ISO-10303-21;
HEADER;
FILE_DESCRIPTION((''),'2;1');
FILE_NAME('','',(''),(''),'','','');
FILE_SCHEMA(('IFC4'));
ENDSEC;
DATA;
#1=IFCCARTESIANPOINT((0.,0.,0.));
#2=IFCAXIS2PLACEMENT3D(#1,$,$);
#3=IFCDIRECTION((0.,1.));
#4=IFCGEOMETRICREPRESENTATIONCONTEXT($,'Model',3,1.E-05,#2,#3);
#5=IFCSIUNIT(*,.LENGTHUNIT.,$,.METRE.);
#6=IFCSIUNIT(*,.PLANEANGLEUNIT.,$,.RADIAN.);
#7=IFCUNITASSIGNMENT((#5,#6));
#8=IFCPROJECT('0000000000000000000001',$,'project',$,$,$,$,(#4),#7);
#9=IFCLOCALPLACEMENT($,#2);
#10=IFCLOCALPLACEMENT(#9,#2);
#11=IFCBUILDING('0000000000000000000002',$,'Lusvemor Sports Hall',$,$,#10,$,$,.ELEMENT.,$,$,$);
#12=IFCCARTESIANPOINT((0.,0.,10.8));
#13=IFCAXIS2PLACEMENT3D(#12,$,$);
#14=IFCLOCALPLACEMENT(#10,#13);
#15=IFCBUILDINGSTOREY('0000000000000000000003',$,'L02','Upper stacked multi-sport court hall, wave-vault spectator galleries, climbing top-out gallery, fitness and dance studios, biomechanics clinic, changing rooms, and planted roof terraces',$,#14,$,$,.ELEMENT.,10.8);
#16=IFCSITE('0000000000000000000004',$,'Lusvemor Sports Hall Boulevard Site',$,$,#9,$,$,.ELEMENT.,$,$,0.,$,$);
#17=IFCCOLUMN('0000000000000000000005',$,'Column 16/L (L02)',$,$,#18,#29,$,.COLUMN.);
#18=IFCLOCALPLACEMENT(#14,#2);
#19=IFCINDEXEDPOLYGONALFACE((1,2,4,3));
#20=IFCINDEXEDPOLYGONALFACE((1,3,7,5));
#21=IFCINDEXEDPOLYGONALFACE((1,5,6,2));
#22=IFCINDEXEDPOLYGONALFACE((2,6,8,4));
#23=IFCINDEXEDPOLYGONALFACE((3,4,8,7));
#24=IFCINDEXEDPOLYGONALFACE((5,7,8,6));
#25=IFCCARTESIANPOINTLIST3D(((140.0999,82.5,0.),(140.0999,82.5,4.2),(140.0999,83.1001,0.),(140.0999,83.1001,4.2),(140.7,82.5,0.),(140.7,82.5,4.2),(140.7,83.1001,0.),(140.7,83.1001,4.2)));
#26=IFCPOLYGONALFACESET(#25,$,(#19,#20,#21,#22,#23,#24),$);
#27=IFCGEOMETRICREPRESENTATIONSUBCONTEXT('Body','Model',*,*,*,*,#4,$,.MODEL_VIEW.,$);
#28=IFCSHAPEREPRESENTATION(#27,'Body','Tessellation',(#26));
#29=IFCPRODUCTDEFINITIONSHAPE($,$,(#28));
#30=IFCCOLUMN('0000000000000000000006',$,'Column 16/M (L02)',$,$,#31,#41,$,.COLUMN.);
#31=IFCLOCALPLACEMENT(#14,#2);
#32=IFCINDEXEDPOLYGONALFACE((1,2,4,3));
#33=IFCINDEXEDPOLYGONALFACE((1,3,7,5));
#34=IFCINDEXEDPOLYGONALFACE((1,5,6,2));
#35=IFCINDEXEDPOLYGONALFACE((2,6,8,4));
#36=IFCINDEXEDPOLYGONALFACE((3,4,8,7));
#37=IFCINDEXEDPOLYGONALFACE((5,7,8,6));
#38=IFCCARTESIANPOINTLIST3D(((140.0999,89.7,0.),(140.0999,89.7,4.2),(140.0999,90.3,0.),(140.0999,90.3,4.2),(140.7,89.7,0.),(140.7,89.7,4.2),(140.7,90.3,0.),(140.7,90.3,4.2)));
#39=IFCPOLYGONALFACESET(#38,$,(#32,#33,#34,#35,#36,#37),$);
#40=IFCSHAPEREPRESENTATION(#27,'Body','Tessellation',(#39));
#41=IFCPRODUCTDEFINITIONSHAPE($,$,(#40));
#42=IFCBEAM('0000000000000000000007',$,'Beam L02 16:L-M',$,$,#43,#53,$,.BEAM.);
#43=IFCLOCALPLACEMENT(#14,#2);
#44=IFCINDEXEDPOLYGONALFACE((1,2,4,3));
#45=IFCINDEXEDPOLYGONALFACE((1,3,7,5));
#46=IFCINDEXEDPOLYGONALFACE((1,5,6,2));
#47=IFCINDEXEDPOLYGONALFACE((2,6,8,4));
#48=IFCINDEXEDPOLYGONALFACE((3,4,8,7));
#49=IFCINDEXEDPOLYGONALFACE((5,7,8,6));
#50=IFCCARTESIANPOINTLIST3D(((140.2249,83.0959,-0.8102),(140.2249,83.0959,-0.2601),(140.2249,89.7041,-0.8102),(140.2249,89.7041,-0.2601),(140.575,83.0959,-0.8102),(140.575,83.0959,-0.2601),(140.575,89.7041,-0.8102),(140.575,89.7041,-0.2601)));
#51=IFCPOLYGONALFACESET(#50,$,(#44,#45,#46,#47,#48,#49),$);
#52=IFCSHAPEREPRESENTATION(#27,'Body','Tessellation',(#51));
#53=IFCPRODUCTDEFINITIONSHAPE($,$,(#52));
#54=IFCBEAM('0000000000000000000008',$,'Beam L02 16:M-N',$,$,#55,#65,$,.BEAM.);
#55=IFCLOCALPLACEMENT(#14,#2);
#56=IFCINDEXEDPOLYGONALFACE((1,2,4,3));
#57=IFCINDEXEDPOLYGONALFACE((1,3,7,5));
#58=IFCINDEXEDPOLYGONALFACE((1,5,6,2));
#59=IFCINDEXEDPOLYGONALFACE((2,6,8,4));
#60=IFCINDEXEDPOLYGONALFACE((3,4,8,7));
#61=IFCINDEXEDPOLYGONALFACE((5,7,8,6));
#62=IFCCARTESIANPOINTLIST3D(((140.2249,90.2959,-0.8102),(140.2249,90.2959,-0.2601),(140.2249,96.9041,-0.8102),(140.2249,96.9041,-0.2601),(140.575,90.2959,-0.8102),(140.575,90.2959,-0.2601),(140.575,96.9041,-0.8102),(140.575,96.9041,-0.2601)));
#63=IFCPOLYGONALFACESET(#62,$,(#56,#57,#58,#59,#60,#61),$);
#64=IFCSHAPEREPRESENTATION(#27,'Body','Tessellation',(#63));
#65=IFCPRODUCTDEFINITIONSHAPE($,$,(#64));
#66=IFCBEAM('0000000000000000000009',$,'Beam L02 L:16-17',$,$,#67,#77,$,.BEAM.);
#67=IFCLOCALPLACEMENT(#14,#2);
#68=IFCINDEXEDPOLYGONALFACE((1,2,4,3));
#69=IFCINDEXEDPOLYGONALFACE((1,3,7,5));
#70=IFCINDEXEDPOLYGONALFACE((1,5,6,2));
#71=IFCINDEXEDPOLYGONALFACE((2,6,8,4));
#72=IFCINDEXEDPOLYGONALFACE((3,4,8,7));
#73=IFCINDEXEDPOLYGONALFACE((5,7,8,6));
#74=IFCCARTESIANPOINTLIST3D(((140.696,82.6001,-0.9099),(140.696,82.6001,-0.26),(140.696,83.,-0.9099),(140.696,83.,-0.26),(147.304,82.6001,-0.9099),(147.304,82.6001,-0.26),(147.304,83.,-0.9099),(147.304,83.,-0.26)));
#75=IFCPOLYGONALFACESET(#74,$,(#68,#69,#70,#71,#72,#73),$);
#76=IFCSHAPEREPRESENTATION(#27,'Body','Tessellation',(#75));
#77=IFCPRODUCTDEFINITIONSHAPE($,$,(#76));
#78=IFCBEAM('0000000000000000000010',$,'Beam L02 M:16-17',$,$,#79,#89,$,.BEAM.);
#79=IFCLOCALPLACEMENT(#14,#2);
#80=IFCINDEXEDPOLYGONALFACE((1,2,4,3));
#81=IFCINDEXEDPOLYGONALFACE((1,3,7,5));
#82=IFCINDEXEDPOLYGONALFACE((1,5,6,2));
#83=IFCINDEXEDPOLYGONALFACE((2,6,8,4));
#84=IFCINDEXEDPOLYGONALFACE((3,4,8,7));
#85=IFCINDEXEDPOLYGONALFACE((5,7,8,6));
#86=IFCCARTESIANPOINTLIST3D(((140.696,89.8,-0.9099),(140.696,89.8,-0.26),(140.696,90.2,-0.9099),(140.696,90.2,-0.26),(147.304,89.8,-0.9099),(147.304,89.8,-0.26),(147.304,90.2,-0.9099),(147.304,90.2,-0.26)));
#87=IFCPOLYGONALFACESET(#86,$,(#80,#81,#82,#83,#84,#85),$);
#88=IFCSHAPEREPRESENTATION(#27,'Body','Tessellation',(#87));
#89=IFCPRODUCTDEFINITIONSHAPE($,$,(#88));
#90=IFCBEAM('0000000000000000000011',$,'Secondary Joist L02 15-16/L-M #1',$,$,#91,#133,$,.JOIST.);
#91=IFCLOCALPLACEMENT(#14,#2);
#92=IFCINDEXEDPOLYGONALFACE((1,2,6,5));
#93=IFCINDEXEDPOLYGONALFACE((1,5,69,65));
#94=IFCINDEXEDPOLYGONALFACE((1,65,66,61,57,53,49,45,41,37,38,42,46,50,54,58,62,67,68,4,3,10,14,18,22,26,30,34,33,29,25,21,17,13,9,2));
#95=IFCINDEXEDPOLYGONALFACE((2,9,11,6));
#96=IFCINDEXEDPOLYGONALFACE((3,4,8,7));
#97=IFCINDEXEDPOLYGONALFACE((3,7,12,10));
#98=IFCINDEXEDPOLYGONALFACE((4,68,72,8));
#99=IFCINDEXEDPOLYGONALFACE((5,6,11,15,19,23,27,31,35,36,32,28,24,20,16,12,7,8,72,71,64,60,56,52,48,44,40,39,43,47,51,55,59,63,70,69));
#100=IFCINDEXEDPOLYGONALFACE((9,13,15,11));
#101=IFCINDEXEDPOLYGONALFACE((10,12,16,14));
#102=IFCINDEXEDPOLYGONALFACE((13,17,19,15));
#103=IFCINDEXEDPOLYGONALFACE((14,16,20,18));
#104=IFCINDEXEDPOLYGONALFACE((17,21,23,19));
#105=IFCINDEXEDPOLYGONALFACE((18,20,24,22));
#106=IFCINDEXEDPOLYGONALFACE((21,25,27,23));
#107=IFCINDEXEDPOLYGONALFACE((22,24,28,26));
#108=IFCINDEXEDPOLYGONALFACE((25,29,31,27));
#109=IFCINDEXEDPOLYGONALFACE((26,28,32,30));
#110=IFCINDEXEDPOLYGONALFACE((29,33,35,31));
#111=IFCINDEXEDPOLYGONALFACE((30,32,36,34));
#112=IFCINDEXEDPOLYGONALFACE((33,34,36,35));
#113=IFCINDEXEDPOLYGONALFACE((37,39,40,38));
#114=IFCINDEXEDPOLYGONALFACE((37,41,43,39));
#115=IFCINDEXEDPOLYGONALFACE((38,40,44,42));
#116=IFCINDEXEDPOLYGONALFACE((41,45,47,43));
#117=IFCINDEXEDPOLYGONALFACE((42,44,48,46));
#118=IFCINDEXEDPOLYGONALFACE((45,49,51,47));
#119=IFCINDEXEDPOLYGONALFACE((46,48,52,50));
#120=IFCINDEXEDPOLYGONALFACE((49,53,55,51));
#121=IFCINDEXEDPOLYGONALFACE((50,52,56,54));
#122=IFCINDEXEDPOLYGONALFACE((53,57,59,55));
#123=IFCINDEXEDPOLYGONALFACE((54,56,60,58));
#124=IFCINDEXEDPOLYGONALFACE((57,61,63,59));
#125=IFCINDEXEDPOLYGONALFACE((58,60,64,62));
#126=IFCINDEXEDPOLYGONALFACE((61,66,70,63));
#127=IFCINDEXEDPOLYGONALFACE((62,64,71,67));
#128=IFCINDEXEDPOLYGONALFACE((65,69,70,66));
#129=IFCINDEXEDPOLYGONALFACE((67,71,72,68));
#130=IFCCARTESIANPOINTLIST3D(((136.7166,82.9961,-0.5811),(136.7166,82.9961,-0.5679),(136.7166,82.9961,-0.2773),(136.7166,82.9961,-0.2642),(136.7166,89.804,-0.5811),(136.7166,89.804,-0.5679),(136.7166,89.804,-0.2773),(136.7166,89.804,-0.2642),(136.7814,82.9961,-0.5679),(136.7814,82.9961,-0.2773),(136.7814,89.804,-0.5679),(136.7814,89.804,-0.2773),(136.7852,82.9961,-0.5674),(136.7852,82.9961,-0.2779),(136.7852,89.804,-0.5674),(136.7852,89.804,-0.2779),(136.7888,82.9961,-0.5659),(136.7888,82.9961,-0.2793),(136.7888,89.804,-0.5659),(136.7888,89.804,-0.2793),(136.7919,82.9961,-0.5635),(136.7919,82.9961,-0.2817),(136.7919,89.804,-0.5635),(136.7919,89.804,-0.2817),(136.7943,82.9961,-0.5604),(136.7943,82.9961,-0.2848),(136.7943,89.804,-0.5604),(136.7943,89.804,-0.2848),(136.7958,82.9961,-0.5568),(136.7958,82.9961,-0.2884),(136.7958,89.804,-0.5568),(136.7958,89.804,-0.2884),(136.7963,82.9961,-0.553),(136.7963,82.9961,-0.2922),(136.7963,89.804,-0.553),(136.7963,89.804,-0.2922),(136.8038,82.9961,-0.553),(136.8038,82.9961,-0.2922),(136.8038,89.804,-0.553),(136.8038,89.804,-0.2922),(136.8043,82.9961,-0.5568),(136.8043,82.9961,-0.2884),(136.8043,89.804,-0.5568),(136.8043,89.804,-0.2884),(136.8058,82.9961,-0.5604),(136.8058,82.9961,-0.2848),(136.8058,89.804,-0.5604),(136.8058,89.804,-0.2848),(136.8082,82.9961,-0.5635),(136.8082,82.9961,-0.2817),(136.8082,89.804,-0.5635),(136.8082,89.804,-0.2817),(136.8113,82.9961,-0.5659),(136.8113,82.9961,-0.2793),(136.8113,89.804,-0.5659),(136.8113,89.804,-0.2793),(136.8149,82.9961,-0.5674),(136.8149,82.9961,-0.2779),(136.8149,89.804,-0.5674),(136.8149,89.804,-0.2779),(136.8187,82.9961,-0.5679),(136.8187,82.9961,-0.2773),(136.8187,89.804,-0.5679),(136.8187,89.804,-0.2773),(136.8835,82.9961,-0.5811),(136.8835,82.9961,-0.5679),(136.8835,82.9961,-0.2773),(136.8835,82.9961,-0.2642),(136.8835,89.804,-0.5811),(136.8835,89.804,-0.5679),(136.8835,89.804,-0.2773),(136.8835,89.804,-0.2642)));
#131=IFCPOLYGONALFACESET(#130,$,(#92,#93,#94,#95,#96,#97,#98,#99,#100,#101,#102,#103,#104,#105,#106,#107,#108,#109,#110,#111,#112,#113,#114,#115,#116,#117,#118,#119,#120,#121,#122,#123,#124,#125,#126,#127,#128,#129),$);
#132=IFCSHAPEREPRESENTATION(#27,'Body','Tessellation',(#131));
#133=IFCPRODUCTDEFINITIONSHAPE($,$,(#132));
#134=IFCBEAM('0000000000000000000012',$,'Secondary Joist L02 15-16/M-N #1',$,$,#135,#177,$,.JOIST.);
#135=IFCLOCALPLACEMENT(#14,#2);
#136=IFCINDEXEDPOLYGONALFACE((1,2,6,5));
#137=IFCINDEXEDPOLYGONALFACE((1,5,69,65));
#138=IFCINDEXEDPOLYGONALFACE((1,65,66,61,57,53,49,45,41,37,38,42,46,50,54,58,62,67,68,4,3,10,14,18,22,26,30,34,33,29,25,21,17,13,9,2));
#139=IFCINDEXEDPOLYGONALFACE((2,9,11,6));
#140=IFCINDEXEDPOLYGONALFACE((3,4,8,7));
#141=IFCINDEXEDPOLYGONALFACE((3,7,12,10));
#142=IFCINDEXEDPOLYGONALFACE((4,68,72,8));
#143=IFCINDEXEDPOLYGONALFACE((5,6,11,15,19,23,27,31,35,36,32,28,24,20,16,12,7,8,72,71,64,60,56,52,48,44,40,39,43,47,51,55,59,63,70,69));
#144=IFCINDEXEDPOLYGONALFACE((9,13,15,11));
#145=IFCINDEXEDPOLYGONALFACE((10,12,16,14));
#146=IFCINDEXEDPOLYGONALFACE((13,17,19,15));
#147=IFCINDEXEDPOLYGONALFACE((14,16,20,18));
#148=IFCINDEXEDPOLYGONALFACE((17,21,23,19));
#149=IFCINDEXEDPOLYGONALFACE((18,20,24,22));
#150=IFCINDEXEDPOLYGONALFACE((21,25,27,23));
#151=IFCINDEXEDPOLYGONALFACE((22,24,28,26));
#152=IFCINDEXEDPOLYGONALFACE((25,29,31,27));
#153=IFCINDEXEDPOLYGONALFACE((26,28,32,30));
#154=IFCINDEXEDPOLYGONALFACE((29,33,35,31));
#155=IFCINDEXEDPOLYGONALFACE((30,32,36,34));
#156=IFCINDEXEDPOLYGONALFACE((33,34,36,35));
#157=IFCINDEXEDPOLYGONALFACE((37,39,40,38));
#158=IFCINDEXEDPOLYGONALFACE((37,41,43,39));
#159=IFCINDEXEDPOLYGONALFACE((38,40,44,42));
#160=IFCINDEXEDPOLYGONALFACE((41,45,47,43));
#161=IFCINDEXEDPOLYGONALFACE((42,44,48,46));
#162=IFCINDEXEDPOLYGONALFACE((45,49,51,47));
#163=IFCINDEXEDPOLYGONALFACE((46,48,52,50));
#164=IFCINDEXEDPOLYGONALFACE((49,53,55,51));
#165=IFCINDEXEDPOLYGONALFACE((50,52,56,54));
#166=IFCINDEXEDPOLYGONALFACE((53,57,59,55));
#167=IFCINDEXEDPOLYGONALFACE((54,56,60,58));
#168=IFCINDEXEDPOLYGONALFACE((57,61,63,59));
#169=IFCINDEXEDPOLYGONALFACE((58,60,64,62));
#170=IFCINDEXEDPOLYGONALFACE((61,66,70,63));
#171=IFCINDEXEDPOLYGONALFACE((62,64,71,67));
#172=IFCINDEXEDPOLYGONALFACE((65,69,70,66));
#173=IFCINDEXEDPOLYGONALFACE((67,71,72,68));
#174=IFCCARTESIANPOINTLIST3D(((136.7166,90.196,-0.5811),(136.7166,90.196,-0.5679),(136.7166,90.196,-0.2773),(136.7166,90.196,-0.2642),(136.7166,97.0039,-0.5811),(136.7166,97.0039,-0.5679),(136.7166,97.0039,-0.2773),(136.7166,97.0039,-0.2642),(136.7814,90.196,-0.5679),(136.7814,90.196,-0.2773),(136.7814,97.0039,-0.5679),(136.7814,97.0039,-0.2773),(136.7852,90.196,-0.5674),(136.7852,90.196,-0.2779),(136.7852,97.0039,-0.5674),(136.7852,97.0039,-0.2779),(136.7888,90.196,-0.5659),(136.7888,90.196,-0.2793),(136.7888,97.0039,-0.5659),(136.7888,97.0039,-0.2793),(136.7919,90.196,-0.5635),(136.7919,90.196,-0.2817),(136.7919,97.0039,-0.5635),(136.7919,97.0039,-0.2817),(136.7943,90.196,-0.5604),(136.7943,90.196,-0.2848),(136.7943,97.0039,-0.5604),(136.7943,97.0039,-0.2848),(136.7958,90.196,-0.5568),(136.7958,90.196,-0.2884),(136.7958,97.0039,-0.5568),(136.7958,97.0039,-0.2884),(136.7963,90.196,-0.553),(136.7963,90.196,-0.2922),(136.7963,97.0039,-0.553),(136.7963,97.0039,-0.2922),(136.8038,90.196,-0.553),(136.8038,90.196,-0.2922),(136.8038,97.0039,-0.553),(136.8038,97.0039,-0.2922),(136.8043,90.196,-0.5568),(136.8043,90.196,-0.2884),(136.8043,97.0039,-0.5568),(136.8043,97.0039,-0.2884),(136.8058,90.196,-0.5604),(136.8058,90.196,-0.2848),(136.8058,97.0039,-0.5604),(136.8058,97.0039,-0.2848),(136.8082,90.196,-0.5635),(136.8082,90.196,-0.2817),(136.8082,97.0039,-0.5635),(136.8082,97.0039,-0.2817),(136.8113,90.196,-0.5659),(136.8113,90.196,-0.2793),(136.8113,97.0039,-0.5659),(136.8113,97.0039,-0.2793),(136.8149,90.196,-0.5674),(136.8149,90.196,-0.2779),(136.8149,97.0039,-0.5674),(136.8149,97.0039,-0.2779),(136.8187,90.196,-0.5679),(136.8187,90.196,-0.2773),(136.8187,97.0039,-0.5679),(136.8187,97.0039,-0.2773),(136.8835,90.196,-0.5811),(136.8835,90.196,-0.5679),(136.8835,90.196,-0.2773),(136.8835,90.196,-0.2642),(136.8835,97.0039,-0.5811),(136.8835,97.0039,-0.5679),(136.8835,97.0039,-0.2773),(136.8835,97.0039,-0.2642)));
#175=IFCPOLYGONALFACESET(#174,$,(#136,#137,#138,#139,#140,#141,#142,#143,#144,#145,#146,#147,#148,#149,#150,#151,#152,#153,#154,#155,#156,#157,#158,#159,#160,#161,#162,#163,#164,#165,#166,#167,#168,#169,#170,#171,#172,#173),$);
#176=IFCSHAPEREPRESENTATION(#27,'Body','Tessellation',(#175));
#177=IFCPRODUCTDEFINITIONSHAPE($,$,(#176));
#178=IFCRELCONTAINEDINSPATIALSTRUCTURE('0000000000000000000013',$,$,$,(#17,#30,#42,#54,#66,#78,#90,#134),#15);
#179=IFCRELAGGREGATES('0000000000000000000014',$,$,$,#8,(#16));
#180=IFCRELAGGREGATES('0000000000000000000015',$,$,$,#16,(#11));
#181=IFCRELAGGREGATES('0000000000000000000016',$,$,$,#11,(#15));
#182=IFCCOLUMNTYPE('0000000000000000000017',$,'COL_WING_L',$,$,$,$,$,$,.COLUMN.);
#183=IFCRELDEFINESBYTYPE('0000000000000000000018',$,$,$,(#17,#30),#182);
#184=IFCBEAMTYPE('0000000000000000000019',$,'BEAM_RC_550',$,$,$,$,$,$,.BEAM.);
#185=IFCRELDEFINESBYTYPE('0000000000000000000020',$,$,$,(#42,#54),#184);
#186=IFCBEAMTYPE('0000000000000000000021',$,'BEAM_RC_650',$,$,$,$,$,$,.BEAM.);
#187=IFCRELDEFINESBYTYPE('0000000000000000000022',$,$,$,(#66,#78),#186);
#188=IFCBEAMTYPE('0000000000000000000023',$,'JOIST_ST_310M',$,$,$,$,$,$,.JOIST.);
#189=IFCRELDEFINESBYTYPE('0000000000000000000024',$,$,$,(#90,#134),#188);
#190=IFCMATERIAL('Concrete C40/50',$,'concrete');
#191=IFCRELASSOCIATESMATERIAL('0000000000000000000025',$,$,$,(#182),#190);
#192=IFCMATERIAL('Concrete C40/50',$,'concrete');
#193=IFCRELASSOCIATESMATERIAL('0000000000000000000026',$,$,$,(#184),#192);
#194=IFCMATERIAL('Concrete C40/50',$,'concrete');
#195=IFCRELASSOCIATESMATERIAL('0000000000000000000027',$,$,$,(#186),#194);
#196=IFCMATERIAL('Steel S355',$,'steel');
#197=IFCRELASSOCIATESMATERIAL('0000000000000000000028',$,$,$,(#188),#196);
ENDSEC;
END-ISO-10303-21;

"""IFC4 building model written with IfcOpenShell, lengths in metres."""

from ifc_helpers import new_model, si_unit, direction, frame, origin, origin_2d, place, context, subcontext, project, spatial, rectangle, i_section, extrude, material, material_profile, profile_set, type_object, element, save


model = new_model("IFC4")

# Units and contexts
model_context = context("Model", 3, precision=1e-05, world=origin(), true_north=direction((0.0, 1.0)))
body_context = subcontext(model_context, "Body", "Model", "MODEL_VIEW")
ifc_project = project(units=[si_unit("LENGTHUNIT", "METRE"), si_unit("PLANEANGLEUNIT", "RADIAN")], contexts=[model_context])

# Site, building, storey
site_placement = place(None, origin())
site = spatial("IfcSite", under=ifc_project, at=site_placement, Name="Lusvemor Sports Hall Boulevard Site", CompositionType="ELEMENT", RefElevation=0.0)
building_placement = place(site_placement, origin())
building = spatial("IfcBuilding", under=site, at=building_placement, Name="Lusvemor Sports Hall", CompositionType="ELEMENT")
storey_placement = place(building_placement, frame((0.0, 0.0, 10.8)))
storey = spatial("IfcBuildingStorey", under=building, at=storey_placement, Name="L02", Description="Upper stacked multi-sport court hall, wave-vault spectator galleries, climbing top-out gallery, fitness and dance studios, biomechanics clinic, changing rooms, and planted roof terraces", CompositionType="ELEMENT", Elevation=10.8)

# Columns
ifc_material_1 = material(Name="Concrete C40/50", Category="concrete")
ifc_material_profile_1 = material_profile(ifc_material_1, rectangle(XDim=0.6001, YDim=0.6001, at=origin_2d()), Name="RC600x600")
ifc_profile_set_1 = profile_set([ifc_material_profile_1], Name="Concrete C40/50")
column_type = type_object("IfcColumnType", Name="COL_WING_L", PredefinedType="COLUMN", material=ifc_profile_set_1)
for number, where, z_axis, x_axis, name in (
    (1, (140.3999, 82.8, 0.0), (0.0, 0.0, 1.0), (1.0, 0.0, 0.0), "Column 16/L (L02)"),
    (2, (140.3999, 90.0, 0.0), (0.0, 0.0, 1.0), (1.0, 0.0, 0.0), "Column 16/M (L02)"),
):
    element("IfcColumn", number, at=place(storey_placement, frame(where, z_axis=z_axis, x_axis=x_axis)), inside=storey, type_object=column_type, Name=name, PredefinedType="COLUMN", context=body_context, shape_type="SweptSolid", body=[
        extrude(rectangle(XDim=0.6001, YDim=0.6001, at=origin_2d()), origin(), (0.0, 0.0, 1.0), 4.2),
    ])

# Beams
ifc_material_2 = material(Name="Concrete C40/50", Category="concrete")
ifc_material_profile_2 = material_profile(ifc_material_2, rectangle(XDim=0.3501, YDim=0.55, at=origin_2d()), Name="RC350x550")
ifc_profile_set_2 = profile_set([ifc_material_profile_2], Name="Concrete C40/50")
beam_type_1 = type_object("IfcBeamType", Name="BEAM_RC_550", PredefinedType="BEAM", material=ifc_profile_set_2)
for number, where, z_axis, x_axis, name in (
    (3, (140.3999, 83.0959, -0.5352), (0.0, 1.0, 0.0), (-1.0, 0.0, 0.0), "Beam L02 16:L-M"),
    (4, (140.3999, 90.2959, -0.5352), (0.0, 1.0, 0.0), (-1.0, 0.0, 0.0), "Beam L02 16:M-N"),
):
    element("IfcBeam", number, at=place(storey_placement, frame(where, z_axis=z_axis, x_axis=x_axis)), inside=storey, type_object=beam_type_1, Name=name, PredefinedType="BEAM", context=body_context, shape_type="SweptSolid", body=[
        extrude(rectangle(XDim=0.3501, YDim=0.55, at=origin_2d()), origin(), (0.0, 0.0, 1.0), 6.6082),
    ])
ifc_material_3 = material(Name="Concrete C40/50", Category="concrete")
ifc_material_profile_3 = material_profile(ifc_material_3, rectangle(XDim=0.3999, YDim=0.6499, at=origin_2d()), Name="RC400x650")
ifc_profile_set_3 = profile_set([ifc_material_profile_3], Name="Concrete C40/50")
beam_type_2 = type_object("IfcBeamType", Name="BEAM_RC_650", PredefinedType="BEAM", material=ifc_profile_set_3)
for number, where, z_axis, x_axis, name in (
    (5, (140.696, 82.8, -0.585), (1.0, 0.0, 0.0), (0.0, 1.0, 0.0), "Beam L02 L:16-17"),
    (6, (140.696, 90.0, -0.585), (1.0, 0.0, 0.0), (0.0, 1.0, 0.0), "Beam L02 M:16-17"),
):
    element("IfcBeam", number, at=place(storey_placement, frame(where, z_axis=z_axis, x_axis=x_axis)), inside=storey, type_object=beam_type_2, Name=name, PredefinedType="BEAM", context=body_context, shape_type="SweptSolid", body=[
        extrude(rectangle(XDim=0.3999, YDim=0.6499, at=origin_2d()), origin(), (0.0, 0.0, 1.0), 6.6079),
    ])
ifc_material_4 = material(Name="Steel S355", Category="steel")
ifc_material_profile_4 = material_profile(ifc_material_4, i_section(OverallWidth=0.167, OverallDepth=0.3169, WebThickness=0.0076, FlangeThickness=0.0132, FilletRadius=0.0149, at=origin_2d()), Name="W310x52.0")
ifc_profile_set_4 = profile_set([ifc_material_profile_4], Name="Steel S355")
beam_type_3 = type_object("IfcBeamType", Name="JOIST_ST_310M", PredefinedType="JOIST", material=ifc_profile_set_4)
for number, where, z_axis, x_axis, name in (
    (7, (136.8, 82.9961, -0.4226), (0.0, 1.0, 0.0), (-1.0, 0.0, 0.0), "Secondary Joist L02 15-16/L-M #1"),
    (8, (136.8, 90.196, -0.4226), (0.0, 1.0, 0.0), (-1.0, 0.0, 0.0), "Secondary Joist L02 15-16/M-N #1"),
):
    element("IfcBeam", number, at=place(storey_placement, frame(where, z_axis=z_axis, x_axis=x_axis)), inside=storey, type_object=beam_type_3, Name=name, PredefinedType="JOIST", context=body_context, shape_type="SweptSolid", body=[
        extrude(i_section(OverallWidth=0.167, OverallDepth=0.3169, WebThickness=0.0076, FlangeThickness=0.0132, FilletRadius=0.0149, at=origin_2d()), origin(), (0.0, 0.0, 1.0), 6.8079),
    ])

save(model, "model.ifc")
